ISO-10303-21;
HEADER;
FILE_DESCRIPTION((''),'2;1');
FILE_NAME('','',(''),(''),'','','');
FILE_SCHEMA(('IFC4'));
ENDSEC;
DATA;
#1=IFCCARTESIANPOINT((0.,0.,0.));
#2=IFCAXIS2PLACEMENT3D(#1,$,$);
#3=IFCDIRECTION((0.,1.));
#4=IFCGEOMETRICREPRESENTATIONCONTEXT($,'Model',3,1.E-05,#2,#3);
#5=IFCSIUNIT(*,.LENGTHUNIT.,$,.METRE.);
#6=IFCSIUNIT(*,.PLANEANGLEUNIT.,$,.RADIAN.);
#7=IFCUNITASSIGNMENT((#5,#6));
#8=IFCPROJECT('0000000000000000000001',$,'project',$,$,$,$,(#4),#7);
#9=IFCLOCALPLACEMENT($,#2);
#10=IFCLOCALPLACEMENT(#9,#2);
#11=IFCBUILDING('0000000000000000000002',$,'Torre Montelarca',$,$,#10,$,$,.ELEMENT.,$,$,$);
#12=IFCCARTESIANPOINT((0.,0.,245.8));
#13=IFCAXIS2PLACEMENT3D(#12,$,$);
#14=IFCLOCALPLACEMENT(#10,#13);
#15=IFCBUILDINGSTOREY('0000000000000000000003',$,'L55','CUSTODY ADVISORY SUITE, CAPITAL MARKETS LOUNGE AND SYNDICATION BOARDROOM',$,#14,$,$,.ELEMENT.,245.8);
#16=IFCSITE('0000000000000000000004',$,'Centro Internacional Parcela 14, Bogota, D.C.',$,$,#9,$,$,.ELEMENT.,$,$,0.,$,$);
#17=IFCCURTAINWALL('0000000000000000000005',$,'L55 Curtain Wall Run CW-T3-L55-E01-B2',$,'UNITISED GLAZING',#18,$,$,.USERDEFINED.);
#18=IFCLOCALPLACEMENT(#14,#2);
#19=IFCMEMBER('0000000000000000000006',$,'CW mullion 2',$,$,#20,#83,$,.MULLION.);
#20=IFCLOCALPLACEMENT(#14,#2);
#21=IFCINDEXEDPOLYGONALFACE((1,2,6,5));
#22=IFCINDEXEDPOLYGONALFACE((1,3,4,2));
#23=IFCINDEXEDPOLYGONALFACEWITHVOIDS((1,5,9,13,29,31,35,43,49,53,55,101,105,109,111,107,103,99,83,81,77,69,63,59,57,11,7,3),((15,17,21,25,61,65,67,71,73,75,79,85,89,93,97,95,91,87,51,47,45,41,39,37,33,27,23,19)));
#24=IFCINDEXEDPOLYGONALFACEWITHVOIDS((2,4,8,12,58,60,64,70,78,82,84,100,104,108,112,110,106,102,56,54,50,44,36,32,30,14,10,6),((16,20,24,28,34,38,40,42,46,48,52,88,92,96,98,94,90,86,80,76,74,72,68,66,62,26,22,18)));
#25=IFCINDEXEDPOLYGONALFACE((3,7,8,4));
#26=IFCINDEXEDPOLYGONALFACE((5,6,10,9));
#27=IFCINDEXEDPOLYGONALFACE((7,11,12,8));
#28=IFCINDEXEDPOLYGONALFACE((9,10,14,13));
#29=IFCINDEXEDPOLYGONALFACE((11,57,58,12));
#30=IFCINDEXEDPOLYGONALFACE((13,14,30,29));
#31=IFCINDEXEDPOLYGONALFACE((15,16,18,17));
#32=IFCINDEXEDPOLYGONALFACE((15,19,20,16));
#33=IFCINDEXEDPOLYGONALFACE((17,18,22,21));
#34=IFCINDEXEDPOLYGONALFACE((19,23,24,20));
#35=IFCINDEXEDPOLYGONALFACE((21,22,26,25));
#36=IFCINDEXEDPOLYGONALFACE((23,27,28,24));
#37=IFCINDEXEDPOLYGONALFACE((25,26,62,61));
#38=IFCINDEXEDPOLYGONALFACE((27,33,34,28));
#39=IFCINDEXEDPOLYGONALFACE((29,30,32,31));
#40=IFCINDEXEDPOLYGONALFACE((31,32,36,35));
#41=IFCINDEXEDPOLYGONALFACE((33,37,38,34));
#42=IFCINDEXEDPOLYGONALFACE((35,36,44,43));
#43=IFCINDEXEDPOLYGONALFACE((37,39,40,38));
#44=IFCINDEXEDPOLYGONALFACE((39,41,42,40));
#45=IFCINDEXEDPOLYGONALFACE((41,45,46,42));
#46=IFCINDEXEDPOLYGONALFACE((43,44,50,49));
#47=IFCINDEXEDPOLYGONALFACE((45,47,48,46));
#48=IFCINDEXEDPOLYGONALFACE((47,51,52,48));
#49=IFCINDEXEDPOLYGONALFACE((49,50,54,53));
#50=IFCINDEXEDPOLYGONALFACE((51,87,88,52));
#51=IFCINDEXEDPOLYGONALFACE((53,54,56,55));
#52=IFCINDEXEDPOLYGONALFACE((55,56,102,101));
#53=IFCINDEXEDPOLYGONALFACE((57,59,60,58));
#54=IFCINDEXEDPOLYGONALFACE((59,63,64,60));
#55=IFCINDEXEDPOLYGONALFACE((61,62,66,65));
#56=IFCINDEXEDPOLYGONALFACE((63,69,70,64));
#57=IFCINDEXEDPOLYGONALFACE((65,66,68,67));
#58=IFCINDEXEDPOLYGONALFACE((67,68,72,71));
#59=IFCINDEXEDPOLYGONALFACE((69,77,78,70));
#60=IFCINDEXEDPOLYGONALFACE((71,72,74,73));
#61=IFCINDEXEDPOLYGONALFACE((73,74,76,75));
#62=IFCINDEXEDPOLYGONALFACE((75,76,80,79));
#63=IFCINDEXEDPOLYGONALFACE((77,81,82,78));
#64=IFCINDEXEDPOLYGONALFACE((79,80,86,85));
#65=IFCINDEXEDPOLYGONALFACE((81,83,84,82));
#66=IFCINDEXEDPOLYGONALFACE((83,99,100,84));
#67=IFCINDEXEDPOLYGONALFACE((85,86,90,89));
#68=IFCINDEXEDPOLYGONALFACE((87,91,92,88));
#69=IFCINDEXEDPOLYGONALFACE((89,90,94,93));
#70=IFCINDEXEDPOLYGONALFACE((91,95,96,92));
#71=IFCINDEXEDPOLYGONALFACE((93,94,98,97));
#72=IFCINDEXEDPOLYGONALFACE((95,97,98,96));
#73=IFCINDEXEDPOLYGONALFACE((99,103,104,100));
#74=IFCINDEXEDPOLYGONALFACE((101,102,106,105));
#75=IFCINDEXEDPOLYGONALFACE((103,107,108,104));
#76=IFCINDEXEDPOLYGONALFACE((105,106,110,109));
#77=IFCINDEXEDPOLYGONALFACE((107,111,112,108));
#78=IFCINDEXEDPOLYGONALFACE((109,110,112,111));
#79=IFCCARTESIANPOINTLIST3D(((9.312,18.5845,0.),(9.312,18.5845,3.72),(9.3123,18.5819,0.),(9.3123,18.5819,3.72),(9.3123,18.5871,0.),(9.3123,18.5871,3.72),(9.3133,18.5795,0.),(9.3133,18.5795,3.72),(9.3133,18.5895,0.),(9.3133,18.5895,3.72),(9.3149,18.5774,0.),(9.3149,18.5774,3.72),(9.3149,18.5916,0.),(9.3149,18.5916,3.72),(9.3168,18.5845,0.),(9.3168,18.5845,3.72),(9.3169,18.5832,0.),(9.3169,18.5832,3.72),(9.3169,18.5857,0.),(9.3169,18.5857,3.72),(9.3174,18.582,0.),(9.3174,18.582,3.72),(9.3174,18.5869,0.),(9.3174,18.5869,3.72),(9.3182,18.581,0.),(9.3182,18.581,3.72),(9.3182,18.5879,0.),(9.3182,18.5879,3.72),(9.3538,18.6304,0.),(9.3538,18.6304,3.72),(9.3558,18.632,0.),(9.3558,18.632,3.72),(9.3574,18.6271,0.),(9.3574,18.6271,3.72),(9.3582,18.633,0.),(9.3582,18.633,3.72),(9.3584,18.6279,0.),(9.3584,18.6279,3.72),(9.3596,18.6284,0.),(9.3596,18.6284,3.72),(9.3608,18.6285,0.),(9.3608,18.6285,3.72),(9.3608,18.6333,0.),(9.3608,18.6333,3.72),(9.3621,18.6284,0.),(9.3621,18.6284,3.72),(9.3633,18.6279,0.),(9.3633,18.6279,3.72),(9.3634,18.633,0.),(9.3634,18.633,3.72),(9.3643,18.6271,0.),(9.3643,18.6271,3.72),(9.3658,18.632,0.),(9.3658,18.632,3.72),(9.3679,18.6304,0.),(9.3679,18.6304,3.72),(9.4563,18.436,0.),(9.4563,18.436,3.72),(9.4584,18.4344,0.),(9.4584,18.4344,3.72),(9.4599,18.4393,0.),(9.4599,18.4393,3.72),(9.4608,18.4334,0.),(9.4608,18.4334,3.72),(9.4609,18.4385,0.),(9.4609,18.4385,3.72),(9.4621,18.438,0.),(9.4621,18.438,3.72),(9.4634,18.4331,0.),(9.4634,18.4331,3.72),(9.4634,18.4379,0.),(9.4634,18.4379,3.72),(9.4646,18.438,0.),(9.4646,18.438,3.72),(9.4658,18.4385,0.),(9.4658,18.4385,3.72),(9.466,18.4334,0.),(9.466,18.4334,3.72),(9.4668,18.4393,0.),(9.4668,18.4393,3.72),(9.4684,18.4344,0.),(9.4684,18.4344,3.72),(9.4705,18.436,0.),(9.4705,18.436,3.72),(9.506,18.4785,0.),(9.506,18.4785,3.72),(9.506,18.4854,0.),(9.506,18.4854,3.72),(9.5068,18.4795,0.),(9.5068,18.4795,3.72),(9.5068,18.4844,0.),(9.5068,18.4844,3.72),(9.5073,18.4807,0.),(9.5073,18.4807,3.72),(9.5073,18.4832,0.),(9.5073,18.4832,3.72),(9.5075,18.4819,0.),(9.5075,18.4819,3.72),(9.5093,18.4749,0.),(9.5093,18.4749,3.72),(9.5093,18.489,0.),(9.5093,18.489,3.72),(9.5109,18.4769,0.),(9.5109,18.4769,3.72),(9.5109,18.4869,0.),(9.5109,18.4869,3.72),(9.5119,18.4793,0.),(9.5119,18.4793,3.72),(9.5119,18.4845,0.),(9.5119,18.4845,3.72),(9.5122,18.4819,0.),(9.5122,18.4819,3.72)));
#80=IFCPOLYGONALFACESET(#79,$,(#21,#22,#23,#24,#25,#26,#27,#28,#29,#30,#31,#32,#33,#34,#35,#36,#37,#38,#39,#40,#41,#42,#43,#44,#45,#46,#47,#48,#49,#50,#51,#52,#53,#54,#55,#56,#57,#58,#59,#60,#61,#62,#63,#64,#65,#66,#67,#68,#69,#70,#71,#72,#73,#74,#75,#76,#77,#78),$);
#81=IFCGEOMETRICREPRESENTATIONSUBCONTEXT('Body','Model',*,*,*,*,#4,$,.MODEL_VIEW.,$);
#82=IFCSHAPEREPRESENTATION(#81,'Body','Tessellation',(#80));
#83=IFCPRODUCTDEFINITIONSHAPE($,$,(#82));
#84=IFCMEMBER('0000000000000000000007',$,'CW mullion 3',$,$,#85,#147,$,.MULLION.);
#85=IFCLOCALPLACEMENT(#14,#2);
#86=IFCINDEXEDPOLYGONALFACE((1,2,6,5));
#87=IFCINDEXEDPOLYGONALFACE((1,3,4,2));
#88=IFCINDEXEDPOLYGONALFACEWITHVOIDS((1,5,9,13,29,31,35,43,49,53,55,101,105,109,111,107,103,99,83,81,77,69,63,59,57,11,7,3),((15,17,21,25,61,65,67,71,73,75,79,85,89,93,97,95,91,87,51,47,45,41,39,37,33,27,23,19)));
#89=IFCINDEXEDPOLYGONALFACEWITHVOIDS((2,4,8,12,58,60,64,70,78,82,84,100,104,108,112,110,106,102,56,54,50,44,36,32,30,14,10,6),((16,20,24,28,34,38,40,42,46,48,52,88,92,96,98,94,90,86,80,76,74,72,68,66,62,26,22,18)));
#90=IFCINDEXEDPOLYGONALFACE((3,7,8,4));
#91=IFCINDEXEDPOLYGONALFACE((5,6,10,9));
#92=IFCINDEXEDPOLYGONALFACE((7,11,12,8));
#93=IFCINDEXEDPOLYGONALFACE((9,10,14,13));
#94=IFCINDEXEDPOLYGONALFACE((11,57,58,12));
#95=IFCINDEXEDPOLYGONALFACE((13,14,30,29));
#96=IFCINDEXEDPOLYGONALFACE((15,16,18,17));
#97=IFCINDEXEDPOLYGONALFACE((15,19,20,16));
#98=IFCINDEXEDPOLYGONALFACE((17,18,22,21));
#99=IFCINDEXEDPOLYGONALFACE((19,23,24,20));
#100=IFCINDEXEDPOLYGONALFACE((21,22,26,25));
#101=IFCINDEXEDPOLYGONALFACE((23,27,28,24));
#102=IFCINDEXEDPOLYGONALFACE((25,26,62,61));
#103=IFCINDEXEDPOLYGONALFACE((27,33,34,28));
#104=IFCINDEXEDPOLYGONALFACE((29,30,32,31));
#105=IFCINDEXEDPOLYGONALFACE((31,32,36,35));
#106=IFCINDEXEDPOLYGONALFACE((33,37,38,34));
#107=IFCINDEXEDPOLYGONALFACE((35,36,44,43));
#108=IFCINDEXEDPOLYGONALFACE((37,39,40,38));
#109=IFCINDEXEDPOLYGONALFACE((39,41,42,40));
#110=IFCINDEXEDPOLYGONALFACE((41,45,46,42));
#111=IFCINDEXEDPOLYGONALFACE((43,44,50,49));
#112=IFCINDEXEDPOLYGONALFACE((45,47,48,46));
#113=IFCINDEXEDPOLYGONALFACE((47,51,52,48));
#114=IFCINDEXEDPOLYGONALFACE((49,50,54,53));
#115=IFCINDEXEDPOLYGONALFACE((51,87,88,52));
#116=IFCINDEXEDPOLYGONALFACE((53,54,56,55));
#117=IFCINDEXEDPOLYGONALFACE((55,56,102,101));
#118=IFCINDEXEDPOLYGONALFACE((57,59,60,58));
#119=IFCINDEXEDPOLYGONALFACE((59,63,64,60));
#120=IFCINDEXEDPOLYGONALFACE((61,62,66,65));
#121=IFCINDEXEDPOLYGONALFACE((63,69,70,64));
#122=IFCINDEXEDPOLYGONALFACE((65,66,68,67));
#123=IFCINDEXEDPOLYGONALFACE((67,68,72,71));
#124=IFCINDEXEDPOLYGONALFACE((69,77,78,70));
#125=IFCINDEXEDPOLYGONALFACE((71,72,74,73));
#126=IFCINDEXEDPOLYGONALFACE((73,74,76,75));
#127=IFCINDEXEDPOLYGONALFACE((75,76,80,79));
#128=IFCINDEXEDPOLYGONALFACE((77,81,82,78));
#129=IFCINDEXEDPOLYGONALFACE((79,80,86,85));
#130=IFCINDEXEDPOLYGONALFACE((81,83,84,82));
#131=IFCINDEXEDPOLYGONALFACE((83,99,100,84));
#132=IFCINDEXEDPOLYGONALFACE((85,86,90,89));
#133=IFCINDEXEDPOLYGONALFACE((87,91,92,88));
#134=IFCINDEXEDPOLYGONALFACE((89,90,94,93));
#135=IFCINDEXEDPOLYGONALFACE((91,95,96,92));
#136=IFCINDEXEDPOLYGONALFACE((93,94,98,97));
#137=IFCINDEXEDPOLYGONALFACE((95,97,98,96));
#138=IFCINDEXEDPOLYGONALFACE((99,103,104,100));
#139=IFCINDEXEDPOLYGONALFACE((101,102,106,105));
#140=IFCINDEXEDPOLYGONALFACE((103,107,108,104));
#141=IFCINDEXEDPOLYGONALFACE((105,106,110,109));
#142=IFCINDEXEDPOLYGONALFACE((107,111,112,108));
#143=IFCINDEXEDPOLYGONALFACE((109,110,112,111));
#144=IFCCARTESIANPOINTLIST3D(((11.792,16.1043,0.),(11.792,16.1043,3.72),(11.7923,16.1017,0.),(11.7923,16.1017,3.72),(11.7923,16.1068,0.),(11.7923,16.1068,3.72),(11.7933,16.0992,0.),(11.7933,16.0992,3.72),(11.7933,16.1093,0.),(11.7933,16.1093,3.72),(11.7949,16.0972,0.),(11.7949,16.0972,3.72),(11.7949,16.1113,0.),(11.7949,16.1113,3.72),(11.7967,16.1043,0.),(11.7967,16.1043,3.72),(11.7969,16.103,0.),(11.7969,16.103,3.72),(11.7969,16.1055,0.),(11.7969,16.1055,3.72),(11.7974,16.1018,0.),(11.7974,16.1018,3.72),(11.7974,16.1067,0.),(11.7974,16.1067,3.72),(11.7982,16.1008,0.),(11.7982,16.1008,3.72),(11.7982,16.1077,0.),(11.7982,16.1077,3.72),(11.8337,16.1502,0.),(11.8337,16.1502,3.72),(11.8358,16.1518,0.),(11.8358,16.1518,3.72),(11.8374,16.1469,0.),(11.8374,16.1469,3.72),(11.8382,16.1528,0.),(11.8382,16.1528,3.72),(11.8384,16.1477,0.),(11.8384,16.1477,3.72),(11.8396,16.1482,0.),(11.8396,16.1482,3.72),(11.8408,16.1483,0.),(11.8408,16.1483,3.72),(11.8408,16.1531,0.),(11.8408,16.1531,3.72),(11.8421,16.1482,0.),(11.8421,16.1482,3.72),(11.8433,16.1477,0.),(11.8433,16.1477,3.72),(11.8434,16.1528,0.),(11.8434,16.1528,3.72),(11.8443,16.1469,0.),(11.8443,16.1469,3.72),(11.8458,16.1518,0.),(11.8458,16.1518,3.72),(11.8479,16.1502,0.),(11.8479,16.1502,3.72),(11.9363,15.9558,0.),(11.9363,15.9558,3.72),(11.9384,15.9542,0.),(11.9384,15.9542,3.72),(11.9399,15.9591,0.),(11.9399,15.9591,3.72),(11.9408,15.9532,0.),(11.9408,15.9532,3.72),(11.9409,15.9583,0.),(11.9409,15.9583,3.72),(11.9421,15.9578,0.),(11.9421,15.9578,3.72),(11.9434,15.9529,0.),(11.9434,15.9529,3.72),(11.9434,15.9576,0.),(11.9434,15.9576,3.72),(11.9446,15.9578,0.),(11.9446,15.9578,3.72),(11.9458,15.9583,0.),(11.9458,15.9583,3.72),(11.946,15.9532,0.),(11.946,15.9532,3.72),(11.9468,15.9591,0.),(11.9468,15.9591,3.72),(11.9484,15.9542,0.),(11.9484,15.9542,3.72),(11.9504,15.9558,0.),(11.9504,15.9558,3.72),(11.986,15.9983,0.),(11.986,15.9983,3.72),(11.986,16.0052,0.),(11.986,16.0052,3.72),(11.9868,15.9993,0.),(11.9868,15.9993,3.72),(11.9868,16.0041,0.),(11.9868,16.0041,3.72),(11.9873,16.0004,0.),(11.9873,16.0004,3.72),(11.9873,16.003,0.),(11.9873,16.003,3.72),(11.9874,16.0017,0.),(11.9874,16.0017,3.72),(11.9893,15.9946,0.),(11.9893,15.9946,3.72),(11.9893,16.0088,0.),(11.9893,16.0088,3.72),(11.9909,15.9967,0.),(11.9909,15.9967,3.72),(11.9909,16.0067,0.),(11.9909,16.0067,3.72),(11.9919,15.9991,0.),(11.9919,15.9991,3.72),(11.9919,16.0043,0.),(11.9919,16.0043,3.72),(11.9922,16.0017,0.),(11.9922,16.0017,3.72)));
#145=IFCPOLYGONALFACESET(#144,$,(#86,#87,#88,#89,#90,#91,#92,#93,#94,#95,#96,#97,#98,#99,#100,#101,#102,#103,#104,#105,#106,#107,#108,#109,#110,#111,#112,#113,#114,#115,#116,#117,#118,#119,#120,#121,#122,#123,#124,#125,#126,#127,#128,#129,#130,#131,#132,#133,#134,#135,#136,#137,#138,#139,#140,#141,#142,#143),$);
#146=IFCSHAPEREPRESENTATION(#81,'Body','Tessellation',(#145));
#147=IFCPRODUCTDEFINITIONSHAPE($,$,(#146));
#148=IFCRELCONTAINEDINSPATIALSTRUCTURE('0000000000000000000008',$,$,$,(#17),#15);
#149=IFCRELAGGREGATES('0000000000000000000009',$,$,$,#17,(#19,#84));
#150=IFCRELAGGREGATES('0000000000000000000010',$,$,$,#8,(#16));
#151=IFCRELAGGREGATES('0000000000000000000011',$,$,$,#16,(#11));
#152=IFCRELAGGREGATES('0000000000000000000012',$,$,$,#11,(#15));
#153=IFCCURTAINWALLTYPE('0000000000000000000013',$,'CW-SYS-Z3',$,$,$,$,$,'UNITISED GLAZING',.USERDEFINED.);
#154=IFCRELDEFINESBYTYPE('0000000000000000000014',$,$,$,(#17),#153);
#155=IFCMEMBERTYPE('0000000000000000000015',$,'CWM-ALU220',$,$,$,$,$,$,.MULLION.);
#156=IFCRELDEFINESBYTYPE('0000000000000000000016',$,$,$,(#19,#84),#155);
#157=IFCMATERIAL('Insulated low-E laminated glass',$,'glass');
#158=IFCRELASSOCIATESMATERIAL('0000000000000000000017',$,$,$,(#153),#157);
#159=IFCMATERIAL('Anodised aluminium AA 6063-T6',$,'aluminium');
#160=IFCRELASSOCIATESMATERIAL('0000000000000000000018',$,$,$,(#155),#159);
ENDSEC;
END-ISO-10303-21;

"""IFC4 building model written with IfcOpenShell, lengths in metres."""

from ifc_helpers import new_model, si_unit, direction, frame, origin, origin_2d, place, context, subcontext, project, spatial, hollow_rectangle, extrude, source, transform, mapped, material, material_profile, profile_set, type_object, element, aggregate, save


model = new_model("IFC4")

# Units and contexts
model_context = context("Model", 3, precision=1e-05, world=origin(), true_north=direction((0.0, 1.0)))
body_context = subcontext(model_context, "Body", "Model", "MODEL_VIEW")
ifc_project = project(units=[si_unit("LENGTHUNIT", "METRE"), si_unit("PLANEANGLEUNIT", "RADIAN")], contexts=[model_context])

# Site, building, storey
site_placement = place(None, origin())
site = spatial("IfcSite", under=ifc_project, at=site_placement, Name="Centro Internacional Parcela 14, Bogota, D.C.", CompositionType="ELEMENT", RefElevation=0.0)
building_placement = place(site_placement, origin())
building = spatial("IfcBuilding", under=site, at=building_placement, Name="Torre Montelarca", CompositionType="ELEMENT")
storey_placement = place(building_placement, frame((0.0, 0.0, 245.8)))
storey = spatial("IfcBuildingStorey", under=building, at=storey_placement, Name="L55", Description="CUSTODY ADVISORY SUITE, CAPITAL MARKETS LOUNGE AND SYNDICATION BOARDROOM", CompositionType="ELEMENT", Elevation=245.8)

# Curtain wall, members
ifc_material_1 = material(Name="Insulated low-E laminated glass", Category="glass")
curtain_wall_type = type_object("IfcCurtainWallType", Name="CW-SYS-Z3", ElementType="UNITISED GLAZING", PredefinedType="USERDEFINED", material=ifc_material_1)
ifc_material_2 = material(Name="Anodised aluminium AA 6063-T6", Category="aluminium")
curtain_wall_1_placement = place(storey_placement, origin())
curtain_wall_1 = element("IfcCurtainWall", 1, at=curtain_wall_1_placement, inside=storey, type_object=curtain_wall_type, Name="L55 Curtain Wall Run CW-T3-L55-E01-B2", ObjectType="UNITISED GLAZING", PredefinedType="USERDEFINED")
ifc_material_profile_1 = material_profile(ifc_material_2, hollow_rectangle(XDim=0.075, YDim=0.22, WallThickness=0.0049, InnerFilletRadius=0.0049, OuterFilletRadius=0.01, at=origin_2d()), Name="ALU75X220X5", Category="aluminium")
ifc_profile_set_1 = profile_set([ifc_material_profile_1], Name="Anodised aluminium AA 6063-T6")
member_type_1 = type_object("IfcMemberType", Name="CWM-ALU220", PredefinedType="MULLION", material=ifc_profile_set_1)
shared_shape_1 = source(origin(), body_context, "Body", "SweptSolid", [
    extrude(hollow_rectangle(XDim=0.075, YDim=0.22, WallThickness=0.0049, InnerFilletRadius=0.0049, OuterFilletRadius=0.01, at=origin_2d()), origin(), (0.0, 0.0, 1.0), 3.72),
])
member_1_placement = place(storey_placement, frame((9.4121, 18.5332, 0.0), z_axis=(0.0, 0.0, 1.0), x_axis=(0.707107, 0.707107, 0.0)))
member_1 = element("IfcMember", 2, at=member_1_placement, type_object=member_type_1, Name="CW mullion 2", PredefinedType="MULLION", context=body_context, shape_type="MappedRepresentation", body=[
    mapped(shared_shape_1, transform((0.0, 0.0, 0.0), scale=1.0)),
])
member_2_placement = place(storey_placement, frame((11.8921, 16.053, 0.0), z_axis=(0.0, 0.0, 1.0), x_axis=(0.707107, 0.707107, 0.0)))
member_2 = element("IfcMember", 3, at=member_2_placement, type_object=member_type_1, Name="CW mullion 3", PredefinedType="MULLION", context=body_context, shape_type="MappedRepresentation", body=[
    mapped(shared_shape_1, transform((0.0, 0.0, 0.0), scale=1.0)),
])

aggregate(curtain_wall_1, [member_1, member_2])

save(model, "model.ifc")
